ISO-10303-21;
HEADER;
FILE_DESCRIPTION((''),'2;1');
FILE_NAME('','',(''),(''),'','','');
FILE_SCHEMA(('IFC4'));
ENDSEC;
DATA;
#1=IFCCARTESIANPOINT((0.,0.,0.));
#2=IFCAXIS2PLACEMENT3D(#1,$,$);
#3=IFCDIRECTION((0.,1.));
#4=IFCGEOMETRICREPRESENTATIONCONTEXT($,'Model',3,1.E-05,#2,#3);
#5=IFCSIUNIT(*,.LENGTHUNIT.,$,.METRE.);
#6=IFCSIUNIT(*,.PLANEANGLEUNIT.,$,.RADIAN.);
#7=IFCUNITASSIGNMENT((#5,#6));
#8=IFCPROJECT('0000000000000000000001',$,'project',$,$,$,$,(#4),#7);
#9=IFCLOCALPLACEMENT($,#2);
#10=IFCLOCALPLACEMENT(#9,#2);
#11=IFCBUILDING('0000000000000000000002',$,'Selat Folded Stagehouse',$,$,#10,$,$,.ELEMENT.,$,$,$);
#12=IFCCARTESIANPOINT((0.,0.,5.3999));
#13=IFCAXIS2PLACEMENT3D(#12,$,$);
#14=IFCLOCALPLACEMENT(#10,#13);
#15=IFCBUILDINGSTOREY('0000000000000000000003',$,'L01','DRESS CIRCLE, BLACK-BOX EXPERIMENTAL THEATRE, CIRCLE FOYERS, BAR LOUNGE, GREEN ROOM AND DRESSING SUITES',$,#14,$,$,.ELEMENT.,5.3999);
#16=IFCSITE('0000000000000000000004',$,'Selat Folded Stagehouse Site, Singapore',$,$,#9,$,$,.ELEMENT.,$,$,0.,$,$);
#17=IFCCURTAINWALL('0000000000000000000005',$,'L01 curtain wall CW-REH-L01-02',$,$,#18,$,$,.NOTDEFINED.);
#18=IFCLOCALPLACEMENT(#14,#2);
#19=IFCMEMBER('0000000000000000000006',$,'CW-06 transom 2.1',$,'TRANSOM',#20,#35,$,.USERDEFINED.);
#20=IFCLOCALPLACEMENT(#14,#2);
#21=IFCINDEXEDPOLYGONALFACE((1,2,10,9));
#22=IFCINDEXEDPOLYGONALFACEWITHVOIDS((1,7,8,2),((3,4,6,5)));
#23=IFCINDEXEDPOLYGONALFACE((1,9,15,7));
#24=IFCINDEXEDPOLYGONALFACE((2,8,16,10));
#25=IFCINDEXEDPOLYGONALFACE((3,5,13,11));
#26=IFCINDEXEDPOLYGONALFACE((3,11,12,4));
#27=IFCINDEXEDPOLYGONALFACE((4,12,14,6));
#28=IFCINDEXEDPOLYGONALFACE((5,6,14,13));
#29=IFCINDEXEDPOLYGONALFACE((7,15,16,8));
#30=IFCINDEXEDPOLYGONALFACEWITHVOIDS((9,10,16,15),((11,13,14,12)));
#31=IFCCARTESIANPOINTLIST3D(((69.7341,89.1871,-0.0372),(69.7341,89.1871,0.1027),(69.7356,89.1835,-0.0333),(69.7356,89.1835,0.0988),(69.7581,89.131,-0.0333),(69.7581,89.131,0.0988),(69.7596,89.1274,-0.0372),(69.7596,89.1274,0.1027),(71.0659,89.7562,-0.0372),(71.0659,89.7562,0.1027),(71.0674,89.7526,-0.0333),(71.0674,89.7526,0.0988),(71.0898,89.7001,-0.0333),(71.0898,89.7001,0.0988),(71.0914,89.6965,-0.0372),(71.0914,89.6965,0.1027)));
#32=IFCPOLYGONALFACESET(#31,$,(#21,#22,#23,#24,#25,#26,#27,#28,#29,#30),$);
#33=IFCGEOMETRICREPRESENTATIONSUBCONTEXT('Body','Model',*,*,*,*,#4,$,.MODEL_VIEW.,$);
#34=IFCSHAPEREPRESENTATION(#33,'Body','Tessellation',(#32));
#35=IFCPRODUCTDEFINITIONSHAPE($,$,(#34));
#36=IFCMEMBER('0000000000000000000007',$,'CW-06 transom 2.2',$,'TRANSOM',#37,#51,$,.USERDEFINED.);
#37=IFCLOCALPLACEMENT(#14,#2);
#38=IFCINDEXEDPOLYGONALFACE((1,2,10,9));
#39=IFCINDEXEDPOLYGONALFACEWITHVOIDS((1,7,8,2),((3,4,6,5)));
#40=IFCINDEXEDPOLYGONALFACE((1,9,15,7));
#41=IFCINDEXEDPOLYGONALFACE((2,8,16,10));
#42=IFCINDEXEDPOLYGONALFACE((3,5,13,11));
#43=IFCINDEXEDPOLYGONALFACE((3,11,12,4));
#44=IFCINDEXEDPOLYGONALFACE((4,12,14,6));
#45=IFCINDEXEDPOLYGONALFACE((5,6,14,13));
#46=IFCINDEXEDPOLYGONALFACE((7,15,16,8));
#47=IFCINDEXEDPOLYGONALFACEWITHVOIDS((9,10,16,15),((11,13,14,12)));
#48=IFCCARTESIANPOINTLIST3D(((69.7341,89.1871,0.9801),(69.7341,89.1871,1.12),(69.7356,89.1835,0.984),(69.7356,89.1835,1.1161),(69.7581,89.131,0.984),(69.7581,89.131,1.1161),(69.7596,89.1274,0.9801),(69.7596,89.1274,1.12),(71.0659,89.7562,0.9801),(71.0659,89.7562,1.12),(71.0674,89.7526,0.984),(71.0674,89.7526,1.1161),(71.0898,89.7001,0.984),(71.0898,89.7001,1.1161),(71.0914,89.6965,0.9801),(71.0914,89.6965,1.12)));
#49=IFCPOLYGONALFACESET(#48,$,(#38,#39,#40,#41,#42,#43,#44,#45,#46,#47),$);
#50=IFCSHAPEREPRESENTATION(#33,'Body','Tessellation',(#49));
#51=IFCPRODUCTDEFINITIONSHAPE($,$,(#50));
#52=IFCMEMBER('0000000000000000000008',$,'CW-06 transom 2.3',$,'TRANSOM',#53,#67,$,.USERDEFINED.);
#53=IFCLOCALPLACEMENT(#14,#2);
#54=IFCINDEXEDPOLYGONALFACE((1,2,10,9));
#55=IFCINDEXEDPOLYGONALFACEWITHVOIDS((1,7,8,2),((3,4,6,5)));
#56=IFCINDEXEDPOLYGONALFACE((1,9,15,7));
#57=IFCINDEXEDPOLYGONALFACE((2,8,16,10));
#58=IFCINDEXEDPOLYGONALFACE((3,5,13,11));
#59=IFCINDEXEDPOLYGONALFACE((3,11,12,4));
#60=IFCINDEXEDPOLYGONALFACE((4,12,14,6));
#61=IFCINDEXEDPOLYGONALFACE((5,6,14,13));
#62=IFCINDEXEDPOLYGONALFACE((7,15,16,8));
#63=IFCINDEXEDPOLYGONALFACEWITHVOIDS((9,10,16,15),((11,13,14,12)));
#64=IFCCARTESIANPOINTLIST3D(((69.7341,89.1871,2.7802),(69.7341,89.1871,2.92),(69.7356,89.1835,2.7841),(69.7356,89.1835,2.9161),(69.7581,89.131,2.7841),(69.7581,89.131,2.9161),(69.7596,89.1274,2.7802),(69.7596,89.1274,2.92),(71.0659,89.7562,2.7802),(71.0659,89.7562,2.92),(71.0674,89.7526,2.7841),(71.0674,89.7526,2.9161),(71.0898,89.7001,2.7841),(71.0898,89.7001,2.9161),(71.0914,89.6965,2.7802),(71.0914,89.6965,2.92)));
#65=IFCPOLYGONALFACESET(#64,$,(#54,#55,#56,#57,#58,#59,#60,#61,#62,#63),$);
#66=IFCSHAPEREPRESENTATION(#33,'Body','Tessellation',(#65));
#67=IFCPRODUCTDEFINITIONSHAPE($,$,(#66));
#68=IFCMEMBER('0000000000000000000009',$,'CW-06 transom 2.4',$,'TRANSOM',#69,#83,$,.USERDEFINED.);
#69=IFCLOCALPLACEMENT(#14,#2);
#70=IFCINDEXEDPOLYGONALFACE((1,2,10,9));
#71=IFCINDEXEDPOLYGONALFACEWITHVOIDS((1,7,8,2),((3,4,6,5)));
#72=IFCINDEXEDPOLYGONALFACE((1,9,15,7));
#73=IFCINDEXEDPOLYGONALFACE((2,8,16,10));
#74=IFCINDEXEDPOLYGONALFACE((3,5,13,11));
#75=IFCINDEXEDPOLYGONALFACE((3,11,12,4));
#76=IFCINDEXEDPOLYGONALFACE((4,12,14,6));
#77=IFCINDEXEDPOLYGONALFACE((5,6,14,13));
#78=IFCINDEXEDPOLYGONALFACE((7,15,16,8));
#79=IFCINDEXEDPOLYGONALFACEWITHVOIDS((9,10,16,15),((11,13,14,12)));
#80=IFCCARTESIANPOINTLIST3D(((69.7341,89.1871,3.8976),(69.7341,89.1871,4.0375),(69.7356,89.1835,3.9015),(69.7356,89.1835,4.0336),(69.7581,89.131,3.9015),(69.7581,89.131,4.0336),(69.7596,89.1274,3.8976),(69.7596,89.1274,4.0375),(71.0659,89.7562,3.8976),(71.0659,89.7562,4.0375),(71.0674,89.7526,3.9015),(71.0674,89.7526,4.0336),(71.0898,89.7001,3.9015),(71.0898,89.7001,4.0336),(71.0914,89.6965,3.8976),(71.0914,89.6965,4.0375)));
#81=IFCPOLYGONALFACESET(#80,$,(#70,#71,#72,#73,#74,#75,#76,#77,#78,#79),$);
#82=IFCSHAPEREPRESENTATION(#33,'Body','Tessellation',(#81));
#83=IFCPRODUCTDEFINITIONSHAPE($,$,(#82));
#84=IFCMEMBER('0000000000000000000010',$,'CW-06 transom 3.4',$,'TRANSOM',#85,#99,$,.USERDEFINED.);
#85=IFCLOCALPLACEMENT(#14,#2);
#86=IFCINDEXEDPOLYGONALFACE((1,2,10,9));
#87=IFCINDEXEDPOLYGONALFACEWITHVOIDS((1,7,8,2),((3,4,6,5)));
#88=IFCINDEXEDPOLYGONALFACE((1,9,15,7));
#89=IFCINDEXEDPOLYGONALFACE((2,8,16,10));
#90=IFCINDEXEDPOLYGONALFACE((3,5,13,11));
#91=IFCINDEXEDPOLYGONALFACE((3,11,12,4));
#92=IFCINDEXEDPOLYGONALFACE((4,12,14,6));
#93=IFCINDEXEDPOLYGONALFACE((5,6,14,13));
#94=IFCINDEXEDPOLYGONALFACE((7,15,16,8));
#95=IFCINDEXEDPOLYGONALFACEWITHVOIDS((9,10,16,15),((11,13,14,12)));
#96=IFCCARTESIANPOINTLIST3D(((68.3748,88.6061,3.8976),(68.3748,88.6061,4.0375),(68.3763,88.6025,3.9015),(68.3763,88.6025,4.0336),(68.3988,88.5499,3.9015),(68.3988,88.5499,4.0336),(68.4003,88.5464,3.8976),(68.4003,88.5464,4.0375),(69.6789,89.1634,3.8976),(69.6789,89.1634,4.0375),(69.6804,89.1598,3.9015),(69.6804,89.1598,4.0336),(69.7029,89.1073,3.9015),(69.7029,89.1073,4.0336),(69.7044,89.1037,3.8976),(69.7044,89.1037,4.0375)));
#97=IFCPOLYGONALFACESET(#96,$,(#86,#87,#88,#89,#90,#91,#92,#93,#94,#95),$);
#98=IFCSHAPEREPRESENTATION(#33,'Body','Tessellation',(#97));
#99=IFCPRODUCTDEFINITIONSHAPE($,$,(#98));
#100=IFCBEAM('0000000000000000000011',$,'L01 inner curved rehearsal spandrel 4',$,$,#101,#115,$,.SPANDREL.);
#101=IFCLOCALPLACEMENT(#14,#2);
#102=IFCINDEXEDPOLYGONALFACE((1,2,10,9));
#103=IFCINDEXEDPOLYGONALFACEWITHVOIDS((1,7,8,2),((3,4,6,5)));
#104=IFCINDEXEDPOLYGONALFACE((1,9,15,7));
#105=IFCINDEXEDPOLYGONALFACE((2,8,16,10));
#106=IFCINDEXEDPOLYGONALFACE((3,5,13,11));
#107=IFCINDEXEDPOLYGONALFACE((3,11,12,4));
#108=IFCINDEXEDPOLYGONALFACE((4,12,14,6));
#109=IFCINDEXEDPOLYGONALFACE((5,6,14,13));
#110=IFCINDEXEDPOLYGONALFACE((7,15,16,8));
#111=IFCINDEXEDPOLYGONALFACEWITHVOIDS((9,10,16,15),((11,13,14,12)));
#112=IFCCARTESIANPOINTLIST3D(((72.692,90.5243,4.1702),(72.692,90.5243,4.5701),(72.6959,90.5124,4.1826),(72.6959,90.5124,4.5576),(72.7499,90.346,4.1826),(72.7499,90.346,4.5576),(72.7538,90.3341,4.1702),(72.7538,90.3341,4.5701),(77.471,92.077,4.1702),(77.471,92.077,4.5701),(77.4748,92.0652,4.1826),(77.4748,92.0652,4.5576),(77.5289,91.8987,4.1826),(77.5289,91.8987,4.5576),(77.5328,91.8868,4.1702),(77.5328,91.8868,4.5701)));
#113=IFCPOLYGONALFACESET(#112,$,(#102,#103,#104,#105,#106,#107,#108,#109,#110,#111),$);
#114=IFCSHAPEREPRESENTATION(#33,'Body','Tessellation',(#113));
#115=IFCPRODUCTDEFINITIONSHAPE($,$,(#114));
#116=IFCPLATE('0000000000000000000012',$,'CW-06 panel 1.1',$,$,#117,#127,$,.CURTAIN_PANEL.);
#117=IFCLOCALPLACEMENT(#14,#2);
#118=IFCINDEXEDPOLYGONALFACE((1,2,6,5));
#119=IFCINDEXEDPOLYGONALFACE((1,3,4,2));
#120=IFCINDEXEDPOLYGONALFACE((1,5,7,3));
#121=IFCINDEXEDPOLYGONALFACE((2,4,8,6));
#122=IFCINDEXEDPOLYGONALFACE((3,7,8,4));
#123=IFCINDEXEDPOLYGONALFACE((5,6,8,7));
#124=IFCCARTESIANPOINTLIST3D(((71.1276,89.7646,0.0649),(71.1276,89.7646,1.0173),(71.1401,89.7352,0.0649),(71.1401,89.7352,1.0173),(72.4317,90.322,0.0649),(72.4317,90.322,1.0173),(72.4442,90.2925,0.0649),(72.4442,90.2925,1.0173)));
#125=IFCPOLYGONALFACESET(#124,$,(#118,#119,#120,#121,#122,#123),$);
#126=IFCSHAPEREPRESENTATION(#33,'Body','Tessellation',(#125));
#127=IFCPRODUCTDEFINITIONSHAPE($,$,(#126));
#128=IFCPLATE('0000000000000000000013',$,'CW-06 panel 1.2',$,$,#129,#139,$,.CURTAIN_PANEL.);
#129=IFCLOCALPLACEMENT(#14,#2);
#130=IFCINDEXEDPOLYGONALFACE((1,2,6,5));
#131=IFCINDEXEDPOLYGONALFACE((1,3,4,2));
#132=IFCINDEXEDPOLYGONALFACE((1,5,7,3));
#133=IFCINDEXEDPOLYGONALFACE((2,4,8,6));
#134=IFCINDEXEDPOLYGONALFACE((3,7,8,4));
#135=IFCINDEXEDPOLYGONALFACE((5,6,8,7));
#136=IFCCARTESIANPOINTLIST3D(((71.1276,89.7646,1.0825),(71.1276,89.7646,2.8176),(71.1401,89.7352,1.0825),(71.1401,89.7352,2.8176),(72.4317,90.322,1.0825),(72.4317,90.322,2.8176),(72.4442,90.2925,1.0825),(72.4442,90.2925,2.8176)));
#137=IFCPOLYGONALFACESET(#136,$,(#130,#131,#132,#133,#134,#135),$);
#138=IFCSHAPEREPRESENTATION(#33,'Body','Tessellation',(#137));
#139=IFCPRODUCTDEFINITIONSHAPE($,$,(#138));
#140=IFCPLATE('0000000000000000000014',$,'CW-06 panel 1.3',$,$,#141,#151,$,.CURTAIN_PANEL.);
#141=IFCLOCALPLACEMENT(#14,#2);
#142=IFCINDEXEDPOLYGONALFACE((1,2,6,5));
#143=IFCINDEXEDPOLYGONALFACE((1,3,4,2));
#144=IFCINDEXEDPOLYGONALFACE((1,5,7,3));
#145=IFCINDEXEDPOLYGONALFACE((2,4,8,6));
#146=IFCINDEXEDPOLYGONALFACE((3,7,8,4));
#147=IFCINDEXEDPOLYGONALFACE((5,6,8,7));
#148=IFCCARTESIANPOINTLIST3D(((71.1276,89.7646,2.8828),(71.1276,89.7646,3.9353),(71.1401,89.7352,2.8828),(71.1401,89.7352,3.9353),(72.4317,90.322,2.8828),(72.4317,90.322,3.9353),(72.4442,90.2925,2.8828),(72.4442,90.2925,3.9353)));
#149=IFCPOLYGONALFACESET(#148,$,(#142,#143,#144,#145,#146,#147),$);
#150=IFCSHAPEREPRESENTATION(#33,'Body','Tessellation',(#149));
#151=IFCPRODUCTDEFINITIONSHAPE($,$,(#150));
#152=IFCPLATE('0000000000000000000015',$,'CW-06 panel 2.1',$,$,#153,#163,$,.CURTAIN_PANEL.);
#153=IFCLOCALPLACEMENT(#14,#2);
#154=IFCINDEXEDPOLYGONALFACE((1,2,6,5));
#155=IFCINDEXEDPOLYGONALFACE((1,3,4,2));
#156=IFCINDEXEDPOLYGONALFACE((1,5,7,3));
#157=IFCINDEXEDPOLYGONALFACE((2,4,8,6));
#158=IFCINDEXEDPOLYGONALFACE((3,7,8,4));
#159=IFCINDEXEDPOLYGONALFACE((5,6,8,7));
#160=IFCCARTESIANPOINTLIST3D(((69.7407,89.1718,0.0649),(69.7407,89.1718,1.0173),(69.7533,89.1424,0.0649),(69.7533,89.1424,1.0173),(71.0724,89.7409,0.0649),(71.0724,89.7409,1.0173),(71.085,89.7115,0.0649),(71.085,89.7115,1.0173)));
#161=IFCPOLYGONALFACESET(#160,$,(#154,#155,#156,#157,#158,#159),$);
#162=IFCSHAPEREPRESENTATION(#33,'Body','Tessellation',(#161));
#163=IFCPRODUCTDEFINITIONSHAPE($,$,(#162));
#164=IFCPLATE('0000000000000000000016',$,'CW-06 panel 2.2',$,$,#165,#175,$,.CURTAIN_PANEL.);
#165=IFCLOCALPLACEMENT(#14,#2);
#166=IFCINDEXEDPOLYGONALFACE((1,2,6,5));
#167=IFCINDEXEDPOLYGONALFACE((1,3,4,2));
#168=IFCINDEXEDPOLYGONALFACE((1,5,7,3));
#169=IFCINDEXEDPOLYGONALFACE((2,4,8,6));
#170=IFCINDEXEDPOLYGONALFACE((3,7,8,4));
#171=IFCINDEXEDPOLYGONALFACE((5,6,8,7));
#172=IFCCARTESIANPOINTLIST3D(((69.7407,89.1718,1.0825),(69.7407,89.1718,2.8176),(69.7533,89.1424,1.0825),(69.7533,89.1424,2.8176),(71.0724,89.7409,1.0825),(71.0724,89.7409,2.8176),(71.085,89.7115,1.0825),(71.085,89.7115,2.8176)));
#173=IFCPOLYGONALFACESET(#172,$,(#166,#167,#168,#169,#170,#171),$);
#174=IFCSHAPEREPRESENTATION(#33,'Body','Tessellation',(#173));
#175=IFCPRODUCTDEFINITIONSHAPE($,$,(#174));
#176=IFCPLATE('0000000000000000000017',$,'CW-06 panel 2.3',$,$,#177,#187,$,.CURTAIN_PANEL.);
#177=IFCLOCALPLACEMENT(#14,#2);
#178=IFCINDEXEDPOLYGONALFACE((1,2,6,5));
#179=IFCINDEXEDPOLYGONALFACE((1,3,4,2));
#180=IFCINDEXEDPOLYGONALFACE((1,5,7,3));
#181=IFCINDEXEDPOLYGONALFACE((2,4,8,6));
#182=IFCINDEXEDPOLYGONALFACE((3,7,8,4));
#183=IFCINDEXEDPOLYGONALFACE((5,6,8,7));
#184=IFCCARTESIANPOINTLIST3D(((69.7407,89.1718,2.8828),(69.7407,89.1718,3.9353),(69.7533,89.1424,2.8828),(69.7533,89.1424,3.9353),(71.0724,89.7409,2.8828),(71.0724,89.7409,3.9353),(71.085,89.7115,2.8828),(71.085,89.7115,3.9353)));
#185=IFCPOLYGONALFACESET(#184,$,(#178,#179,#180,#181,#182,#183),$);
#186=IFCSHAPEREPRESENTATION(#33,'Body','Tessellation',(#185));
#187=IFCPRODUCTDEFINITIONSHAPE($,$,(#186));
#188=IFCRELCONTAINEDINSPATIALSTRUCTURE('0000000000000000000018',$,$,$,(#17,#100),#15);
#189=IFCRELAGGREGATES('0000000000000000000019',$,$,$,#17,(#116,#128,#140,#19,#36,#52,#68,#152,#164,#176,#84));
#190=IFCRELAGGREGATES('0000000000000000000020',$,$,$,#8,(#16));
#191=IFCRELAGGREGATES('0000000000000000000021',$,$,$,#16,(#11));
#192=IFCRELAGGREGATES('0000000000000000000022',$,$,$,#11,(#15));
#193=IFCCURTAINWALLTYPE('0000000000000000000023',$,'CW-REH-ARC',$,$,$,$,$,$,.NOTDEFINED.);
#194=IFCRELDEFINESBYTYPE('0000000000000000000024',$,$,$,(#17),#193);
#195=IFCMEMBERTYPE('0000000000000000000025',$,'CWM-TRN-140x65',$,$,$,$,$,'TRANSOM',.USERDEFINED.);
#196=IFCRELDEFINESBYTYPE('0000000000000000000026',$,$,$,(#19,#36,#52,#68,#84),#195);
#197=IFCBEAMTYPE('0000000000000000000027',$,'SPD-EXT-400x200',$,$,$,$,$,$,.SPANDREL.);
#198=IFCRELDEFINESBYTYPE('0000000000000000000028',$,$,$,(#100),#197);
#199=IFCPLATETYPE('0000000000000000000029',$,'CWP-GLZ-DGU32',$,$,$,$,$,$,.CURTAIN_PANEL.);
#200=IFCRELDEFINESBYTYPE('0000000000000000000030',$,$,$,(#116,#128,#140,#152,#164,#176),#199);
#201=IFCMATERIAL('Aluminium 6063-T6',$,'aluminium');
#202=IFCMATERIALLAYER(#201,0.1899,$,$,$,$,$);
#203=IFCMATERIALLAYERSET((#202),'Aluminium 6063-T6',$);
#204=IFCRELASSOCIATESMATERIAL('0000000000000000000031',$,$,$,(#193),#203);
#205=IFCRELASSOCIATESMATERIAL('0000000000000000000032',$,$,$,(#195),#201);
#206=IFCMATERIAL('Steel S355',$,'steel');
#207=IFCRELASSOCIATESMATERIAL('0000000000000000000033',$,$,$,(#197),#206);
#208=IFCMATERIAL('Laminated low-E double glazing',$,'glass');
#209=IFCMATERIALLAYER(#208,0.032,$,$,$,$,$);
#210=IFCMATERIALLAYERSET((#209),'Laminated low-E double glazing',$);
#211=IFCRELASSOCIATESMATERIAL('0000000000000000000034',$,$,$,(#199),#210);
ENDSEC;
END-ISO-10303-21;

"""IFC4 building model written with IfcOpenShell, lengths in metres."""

from ifc_helpers import new_model, si_unit, direction, frame, origin, origin_2d, place, context, subcontext, project, spatial, rectangle, hollow_rectangle, extrude, material, layer, layer_set, material_profile, profile_set, type_object, element, aggregate, save


model = new_model("IFC4")

# Units and contexts
model_context = context("Model", 3, precision=1e-05, world=origin(), true_north=direction((0.0, 1.0)))
body_context = subcontext(model_context, "Body", "Model", "MODEL_VIEW")
ifc_project = project(units=[si_unit("LENGTHUNIT", "METRE"), si_unit("PLANEANGLEUNIT", "RADIAN")], contexts=[model_context])

# Site, building, storey
site_placement = place(None, origin())
site = spatial("IfcSite", under=ifc_project, at=site_placement, Name="Selat Folded Stagehouse Site, Singapore", CompositionType="ELEMENT", RefElevation=0.0)
building_placement = place(site_placement, origin())
building = spatial("IfcBuilding", under=site, at=building_placement, Name="Selat Folded Stagehouse", CompositionType="ELEMENT")
storey_placement = place(building_placement, frame((0.0, 0.0, 5.3999)))
storey = spatial("IfcBuildingStorey", under=building, at=storey_placement, Name="L01", Description="DRESS CIRCLE, BLACK-BOX EXPERIMENTAL THEATRE, CIRCLE FOYERS, BAR LOUNGE, GREEN ROOM AND DRESSING SUITES", CompositionType="ELEMENT", Elevation=5.3999)

# Shared definitions
ifc_material_1 = material(Name="Steel S355", Category="steel")

# Curtain wall, members
ifc_material_2 = material(Name="Aluminium 6063-T6", Category="aluminium")
ifc_layer_1 = layer(ifc_material_2, 0.1899)
ifc_layer_set_1 = layer_set([ifc_layer_1], Name="Aluminium 6063-T6")
curtain_wall_type = type_object("IfcCurtainWallType", Name="CW-REH-ARC", PredefinedType="NOTDEFINED", material=ifc_layer_set_1)
curtain_wall_placement = place(storey_placement, origin())
curtain_wall = element("IfcCurtainWall", 1, at=curtain_wall_placement, inside=storey, type_object=curtain_wall_type, Name="L01 curtain wall CW-REH-L01-02", PredefinedType="NOTDEFINED")
ifc_material_profile_1 = material_profile(ifc_material_2, hollow_rectangle(XDim=0.0649, YDim=0.1399, WallThickness=0.0039, at=origin_2d()), Name="ALU 140x65x4.0")
ifc_profile_set_1 = profile_set([ifc_material_profile_1], Name="Aluminium 6063-T6")
member_type_1 = type_object("IfcMemberType", Name="CWM-TRN-140x65", ElementType="TRANSOM", PredefinedType="USERDEFINED", material=ifc_profile_set_1)
member_1_placement = place(storey_placement, frame((71.0786, 89.7263, 0.0327), z_axis=(-0.919563, -0.392943, 0.0), x_axis=(0.392943, -0.919563, 0.0)))
member_1 = element("IfcMember", 2, at=member_1_placement, type_object=member_type_1, Name="CW-06 transom 2.1", ObjectType="TRANSOM", PredefinedType="USERDEFINED", context=body_context, shape_type="SweptSolid", body=[
    extrude(hollow_rectangle(XDim=0.0649, YDim=0.1399, WallThickness=0.0039, at=origin_2d()), origin(), (0.0, 0.0, 1.0), 1.4482),
])
member_2_placement = place(storey_placement, frame((71.0786, 89.7263, 1.05), z_axis=(-0.919563, -0.392943, 0.0), x_axis=(0.392943, -0.919563, 0.0)))
member_2 = element("IfcMember", 3, at=member_2_placement, type_object=member_type_1, Name="CW-06 transom 2.2", ObjectType="TRANSOM", PredefinedType="USERDEFINED", context=body_context, shape_type="SweptSolid", body=[
    extrude(hollow_rectangle(XDim=0.0649, YDim=0.1399, WallThickness=0.0039, at=origin_2d()), origin(), (0.0, 0.0, 1.0), 1.4482),
])
member_3_placement = place(storey_placement, frame((71.0786, 89.7263, 2.8501), z_axis=(-0.919563, -0.392943, 0.0), x_axis=(0.392943, -0.919563, 0.0)))
member_3 = element("IfcMember", 4, at=member_3_placement, type_object=member_type_1, Name="CW-06 transom 2.3", ObjectType="TRANSOM", PredefinedType="USERDEFINED", context=body_context, shape_type="SweptSolid", body=[
    extrude(hollow_rectangle(XDim=0.0649, YDim=0.1399, WallThickness=0.0039, at=origin_2d()), origin(), (0.0, 0.0, 1.0), 1.4482),
])
member_4_placement = place(storey_placement, frame((71.0786, 89.7263, 3.9675), z_axis=(-0.919563, -0.392943, 0.0), x_axis=(0.392943, -0.919563, 0.0)))
member_4 = element("IfcMember", 5, at=member_4_placement, type_object=member_type_1, Name="CW-06 transom 2.4", ObjectType="TRANSOM", PredefinedType="USERDEFINED", context=body_context, shape_type="SweptSolid", body=[
    extrude(hollow_rectangle(XDim=0.0649, YDim=0.1399, WallThickness=0.0039, at=origin_2d()), origin(), (0.0, 0.0, 1.0), 1.4482),
])
member_5_placement = place(storey_placement, frame((69.6917, 89.1335, 3.9675), z_axis=(-0.919545, -0.392984, 0.0), x_axis=(0.392984, -0.919545, 0.0)))
member_5 = element("IfcMember", 6, at=member_5_placement, type_object=member_type_1, Name="CW-06 transom 3.4", ObjectType="TRANSOM", PredefinedType="USERDEFINED", context=body_context, shape_type="SweptSolid", body=[
    extrude(hollow_rectangle(XDim=0.0649, YDim=0.1399, WallThickness=0.0039, at=origin_2d()), origin(), (0.0, 0.0, 1.0), 1.4182),
])

# Beam
ifc_material_profile_2 = material_profile(ifc_material_1, hollow_rectangle(XDim=0.2, YDim=0.3999, WallThickness=0.0125, at=origin_2d()), Name="RHS 400x200x12.5")
ifc_profile_set_2 = profile_set([ifc_material_profile_2], Name="Steel S355")
beam_type = type_object("IfcBeamType", Name="SPD-EXT-400x200", PredefinedType="SPANDREL", material=ifc_profile_set_2)
beam_placement = place(storey_placement, frame((72.7229, 90.4292, 4.3701), z_axis=(0.951061, 0.309004, 0.0), x_axis=(-0.309004, 0.951061, 0.0)))
element("IfcBeam", 7, at=beam_placement, inside=storey, type_object=beam_type, Name="L01 inner curved rehearsal spandrel 4", PredefinedType="SPANDREL", context=body_context, shape_type="SweptSolid", body=[
    extrude(hollow_rectangle(XDim=0.2, YDim=0.3999, WallThickness=0.0125, at=origin_2d()), origin(), (0.0, 0.0, 1.0), 5.0249),
])

# Plates
ifc_material_3 = material(Name="Laminated low-E double glazing", Category="glass")
ifc_layer_2 = layer(ifc_material_3, 0.032)
ifc_layer_set_2 = layer_set([ifc_layer_2], Name="Laminated low-E double glazing")
plate_type = type_object("IfcPlateType", Name="CWP-GLZ-DGU32", PredefinedType="CURTAIN_PANEL", material=ifc_layer_set_2)
plate_1_placement = place(storey_placement, frame((71.7859, 90.0286, 0.0649), z_axis=(0.0, 0.0, 1.0), x_axis=(-0.919533, -0.393012, 0.0)))
plate_1 = element("IfcPlate", 8, at=plate_1_placement, type_object=plate_type, Name="CW-06 panel 1.1", PredefinedType="CURTAIN_PANEL", context=body_context, shape_type="SweptSolid", body=[
    extrude(rectangle(XDim=1.4182, YDim=0.032, at=origin_2d()), origin(), (0.0, 0.0, 1.0), 0.9524),
])
plate_2_placement = place(storey_placement, frame((71.7859, 90.0286, 1.0825), z_axis=(0.0, 0.0, 1.0), x_axis=(-0.919533, -0.393012, 0.0)))
plate_2 = element("IfcPlate", 9, at=plate_2_placement, type_object=plate_type, Name="CW-06 panel 1.2", PredefinedType="CURTAIN_PANEL", context=body_context, shape_type="SweptSolid", body=[
    extrude(rectangle(XDim=1.4182, YDim=0.032, at=origin_2d()), origin(), (0.0, 0.0, 1.0), 1.7351),
])
plate_3_placement = place(storey_placement, frame((71.7859, 90.0286, 2.8828), z_axis=(0.0, 0.0, 1.0), x_axis=(-0.919533, -0.393012, 0.0)))
plate_3 = element("IfcPlate", 10, at=plate_3_placement, type_object=plate_type, Name="CW-06 panel 1.3", PredefinedType="CURTAIN_PANEL", context=body_context, shape_type="SweptSolid", body=[
    extrude(rectangle(XDim=1.4182, YDim=0.032, at=origin_2d()), origin(), (0.0, 0.0, 1.0), 1.0525),
])
plate_4_placement = place(storey_placement, frame((70.4128, 89.4417, 0.0649), z_axis=(0.0, 0.0, 1.0), x_axis=(-0.919533, -0.393012, 0.0)))
plate_4 = element("IfcPlate", 11, at=plate_4_placement, type_object=plate_type, Name="CW-06 panel 2.1", PredefinedType="CURTAIN_PANEL", context=body_context, shape_type="SweptSolid", body=[
    extrude(rectangle(XDim=1.4482, YDim=0.032, at=origin_2d()), origin(), (0.0, 0.0, 1.0), 0.9524),
])
plate_5_placement = place(storey_placement, frame((70.4128, 89.4417, 1.0825), z_axis=(0.0, 0.0, 1.0), x_axis=(-0.919533, -0.393012, 0.0)))
plate_5 = element("IfcPlate", 12, at=plate_5_placement, type_object=plate_type, Name="CW-06 panel 2.2", PredefinedType="CURTAIN_PANEL", context=body_context, shape_type="SweptSolid", body=[
    extrude(rectangle(XDim=1.4482, YDim=0.032, at=origin_2d()), origin(), (0.0, 0.0, 1.0), 1.7351),
])
plate_6_placement = place(storey_placement, frame((70.4128, 89.4417, 2.8828), z_axis=(0.0, 0.0, 1.0), x_axis=(-0.919533, -0.393012, 0.0)))
plate_6 = element("IfcPlate", 13, at=plate_6_placement, type_object=plate_type, Name="CW-06 panel 2.3", PredefinedType="CURTAIN_PANEL", context=body_context, shape_type="SweptSolid", body=[
    extrude(rectangle(XDim=1.4482, YDim=0.032, at=origin_2d()), origin(), (0.0, 0.0, 1.0), 1.0525),
])
aggregate(curtain_wall, [plate_1, plate_2, plate_3, member_1, member_2, member_3, member_4, plate_4, plate_5, plate_6, member_5])

save(model, "model.ifc")
